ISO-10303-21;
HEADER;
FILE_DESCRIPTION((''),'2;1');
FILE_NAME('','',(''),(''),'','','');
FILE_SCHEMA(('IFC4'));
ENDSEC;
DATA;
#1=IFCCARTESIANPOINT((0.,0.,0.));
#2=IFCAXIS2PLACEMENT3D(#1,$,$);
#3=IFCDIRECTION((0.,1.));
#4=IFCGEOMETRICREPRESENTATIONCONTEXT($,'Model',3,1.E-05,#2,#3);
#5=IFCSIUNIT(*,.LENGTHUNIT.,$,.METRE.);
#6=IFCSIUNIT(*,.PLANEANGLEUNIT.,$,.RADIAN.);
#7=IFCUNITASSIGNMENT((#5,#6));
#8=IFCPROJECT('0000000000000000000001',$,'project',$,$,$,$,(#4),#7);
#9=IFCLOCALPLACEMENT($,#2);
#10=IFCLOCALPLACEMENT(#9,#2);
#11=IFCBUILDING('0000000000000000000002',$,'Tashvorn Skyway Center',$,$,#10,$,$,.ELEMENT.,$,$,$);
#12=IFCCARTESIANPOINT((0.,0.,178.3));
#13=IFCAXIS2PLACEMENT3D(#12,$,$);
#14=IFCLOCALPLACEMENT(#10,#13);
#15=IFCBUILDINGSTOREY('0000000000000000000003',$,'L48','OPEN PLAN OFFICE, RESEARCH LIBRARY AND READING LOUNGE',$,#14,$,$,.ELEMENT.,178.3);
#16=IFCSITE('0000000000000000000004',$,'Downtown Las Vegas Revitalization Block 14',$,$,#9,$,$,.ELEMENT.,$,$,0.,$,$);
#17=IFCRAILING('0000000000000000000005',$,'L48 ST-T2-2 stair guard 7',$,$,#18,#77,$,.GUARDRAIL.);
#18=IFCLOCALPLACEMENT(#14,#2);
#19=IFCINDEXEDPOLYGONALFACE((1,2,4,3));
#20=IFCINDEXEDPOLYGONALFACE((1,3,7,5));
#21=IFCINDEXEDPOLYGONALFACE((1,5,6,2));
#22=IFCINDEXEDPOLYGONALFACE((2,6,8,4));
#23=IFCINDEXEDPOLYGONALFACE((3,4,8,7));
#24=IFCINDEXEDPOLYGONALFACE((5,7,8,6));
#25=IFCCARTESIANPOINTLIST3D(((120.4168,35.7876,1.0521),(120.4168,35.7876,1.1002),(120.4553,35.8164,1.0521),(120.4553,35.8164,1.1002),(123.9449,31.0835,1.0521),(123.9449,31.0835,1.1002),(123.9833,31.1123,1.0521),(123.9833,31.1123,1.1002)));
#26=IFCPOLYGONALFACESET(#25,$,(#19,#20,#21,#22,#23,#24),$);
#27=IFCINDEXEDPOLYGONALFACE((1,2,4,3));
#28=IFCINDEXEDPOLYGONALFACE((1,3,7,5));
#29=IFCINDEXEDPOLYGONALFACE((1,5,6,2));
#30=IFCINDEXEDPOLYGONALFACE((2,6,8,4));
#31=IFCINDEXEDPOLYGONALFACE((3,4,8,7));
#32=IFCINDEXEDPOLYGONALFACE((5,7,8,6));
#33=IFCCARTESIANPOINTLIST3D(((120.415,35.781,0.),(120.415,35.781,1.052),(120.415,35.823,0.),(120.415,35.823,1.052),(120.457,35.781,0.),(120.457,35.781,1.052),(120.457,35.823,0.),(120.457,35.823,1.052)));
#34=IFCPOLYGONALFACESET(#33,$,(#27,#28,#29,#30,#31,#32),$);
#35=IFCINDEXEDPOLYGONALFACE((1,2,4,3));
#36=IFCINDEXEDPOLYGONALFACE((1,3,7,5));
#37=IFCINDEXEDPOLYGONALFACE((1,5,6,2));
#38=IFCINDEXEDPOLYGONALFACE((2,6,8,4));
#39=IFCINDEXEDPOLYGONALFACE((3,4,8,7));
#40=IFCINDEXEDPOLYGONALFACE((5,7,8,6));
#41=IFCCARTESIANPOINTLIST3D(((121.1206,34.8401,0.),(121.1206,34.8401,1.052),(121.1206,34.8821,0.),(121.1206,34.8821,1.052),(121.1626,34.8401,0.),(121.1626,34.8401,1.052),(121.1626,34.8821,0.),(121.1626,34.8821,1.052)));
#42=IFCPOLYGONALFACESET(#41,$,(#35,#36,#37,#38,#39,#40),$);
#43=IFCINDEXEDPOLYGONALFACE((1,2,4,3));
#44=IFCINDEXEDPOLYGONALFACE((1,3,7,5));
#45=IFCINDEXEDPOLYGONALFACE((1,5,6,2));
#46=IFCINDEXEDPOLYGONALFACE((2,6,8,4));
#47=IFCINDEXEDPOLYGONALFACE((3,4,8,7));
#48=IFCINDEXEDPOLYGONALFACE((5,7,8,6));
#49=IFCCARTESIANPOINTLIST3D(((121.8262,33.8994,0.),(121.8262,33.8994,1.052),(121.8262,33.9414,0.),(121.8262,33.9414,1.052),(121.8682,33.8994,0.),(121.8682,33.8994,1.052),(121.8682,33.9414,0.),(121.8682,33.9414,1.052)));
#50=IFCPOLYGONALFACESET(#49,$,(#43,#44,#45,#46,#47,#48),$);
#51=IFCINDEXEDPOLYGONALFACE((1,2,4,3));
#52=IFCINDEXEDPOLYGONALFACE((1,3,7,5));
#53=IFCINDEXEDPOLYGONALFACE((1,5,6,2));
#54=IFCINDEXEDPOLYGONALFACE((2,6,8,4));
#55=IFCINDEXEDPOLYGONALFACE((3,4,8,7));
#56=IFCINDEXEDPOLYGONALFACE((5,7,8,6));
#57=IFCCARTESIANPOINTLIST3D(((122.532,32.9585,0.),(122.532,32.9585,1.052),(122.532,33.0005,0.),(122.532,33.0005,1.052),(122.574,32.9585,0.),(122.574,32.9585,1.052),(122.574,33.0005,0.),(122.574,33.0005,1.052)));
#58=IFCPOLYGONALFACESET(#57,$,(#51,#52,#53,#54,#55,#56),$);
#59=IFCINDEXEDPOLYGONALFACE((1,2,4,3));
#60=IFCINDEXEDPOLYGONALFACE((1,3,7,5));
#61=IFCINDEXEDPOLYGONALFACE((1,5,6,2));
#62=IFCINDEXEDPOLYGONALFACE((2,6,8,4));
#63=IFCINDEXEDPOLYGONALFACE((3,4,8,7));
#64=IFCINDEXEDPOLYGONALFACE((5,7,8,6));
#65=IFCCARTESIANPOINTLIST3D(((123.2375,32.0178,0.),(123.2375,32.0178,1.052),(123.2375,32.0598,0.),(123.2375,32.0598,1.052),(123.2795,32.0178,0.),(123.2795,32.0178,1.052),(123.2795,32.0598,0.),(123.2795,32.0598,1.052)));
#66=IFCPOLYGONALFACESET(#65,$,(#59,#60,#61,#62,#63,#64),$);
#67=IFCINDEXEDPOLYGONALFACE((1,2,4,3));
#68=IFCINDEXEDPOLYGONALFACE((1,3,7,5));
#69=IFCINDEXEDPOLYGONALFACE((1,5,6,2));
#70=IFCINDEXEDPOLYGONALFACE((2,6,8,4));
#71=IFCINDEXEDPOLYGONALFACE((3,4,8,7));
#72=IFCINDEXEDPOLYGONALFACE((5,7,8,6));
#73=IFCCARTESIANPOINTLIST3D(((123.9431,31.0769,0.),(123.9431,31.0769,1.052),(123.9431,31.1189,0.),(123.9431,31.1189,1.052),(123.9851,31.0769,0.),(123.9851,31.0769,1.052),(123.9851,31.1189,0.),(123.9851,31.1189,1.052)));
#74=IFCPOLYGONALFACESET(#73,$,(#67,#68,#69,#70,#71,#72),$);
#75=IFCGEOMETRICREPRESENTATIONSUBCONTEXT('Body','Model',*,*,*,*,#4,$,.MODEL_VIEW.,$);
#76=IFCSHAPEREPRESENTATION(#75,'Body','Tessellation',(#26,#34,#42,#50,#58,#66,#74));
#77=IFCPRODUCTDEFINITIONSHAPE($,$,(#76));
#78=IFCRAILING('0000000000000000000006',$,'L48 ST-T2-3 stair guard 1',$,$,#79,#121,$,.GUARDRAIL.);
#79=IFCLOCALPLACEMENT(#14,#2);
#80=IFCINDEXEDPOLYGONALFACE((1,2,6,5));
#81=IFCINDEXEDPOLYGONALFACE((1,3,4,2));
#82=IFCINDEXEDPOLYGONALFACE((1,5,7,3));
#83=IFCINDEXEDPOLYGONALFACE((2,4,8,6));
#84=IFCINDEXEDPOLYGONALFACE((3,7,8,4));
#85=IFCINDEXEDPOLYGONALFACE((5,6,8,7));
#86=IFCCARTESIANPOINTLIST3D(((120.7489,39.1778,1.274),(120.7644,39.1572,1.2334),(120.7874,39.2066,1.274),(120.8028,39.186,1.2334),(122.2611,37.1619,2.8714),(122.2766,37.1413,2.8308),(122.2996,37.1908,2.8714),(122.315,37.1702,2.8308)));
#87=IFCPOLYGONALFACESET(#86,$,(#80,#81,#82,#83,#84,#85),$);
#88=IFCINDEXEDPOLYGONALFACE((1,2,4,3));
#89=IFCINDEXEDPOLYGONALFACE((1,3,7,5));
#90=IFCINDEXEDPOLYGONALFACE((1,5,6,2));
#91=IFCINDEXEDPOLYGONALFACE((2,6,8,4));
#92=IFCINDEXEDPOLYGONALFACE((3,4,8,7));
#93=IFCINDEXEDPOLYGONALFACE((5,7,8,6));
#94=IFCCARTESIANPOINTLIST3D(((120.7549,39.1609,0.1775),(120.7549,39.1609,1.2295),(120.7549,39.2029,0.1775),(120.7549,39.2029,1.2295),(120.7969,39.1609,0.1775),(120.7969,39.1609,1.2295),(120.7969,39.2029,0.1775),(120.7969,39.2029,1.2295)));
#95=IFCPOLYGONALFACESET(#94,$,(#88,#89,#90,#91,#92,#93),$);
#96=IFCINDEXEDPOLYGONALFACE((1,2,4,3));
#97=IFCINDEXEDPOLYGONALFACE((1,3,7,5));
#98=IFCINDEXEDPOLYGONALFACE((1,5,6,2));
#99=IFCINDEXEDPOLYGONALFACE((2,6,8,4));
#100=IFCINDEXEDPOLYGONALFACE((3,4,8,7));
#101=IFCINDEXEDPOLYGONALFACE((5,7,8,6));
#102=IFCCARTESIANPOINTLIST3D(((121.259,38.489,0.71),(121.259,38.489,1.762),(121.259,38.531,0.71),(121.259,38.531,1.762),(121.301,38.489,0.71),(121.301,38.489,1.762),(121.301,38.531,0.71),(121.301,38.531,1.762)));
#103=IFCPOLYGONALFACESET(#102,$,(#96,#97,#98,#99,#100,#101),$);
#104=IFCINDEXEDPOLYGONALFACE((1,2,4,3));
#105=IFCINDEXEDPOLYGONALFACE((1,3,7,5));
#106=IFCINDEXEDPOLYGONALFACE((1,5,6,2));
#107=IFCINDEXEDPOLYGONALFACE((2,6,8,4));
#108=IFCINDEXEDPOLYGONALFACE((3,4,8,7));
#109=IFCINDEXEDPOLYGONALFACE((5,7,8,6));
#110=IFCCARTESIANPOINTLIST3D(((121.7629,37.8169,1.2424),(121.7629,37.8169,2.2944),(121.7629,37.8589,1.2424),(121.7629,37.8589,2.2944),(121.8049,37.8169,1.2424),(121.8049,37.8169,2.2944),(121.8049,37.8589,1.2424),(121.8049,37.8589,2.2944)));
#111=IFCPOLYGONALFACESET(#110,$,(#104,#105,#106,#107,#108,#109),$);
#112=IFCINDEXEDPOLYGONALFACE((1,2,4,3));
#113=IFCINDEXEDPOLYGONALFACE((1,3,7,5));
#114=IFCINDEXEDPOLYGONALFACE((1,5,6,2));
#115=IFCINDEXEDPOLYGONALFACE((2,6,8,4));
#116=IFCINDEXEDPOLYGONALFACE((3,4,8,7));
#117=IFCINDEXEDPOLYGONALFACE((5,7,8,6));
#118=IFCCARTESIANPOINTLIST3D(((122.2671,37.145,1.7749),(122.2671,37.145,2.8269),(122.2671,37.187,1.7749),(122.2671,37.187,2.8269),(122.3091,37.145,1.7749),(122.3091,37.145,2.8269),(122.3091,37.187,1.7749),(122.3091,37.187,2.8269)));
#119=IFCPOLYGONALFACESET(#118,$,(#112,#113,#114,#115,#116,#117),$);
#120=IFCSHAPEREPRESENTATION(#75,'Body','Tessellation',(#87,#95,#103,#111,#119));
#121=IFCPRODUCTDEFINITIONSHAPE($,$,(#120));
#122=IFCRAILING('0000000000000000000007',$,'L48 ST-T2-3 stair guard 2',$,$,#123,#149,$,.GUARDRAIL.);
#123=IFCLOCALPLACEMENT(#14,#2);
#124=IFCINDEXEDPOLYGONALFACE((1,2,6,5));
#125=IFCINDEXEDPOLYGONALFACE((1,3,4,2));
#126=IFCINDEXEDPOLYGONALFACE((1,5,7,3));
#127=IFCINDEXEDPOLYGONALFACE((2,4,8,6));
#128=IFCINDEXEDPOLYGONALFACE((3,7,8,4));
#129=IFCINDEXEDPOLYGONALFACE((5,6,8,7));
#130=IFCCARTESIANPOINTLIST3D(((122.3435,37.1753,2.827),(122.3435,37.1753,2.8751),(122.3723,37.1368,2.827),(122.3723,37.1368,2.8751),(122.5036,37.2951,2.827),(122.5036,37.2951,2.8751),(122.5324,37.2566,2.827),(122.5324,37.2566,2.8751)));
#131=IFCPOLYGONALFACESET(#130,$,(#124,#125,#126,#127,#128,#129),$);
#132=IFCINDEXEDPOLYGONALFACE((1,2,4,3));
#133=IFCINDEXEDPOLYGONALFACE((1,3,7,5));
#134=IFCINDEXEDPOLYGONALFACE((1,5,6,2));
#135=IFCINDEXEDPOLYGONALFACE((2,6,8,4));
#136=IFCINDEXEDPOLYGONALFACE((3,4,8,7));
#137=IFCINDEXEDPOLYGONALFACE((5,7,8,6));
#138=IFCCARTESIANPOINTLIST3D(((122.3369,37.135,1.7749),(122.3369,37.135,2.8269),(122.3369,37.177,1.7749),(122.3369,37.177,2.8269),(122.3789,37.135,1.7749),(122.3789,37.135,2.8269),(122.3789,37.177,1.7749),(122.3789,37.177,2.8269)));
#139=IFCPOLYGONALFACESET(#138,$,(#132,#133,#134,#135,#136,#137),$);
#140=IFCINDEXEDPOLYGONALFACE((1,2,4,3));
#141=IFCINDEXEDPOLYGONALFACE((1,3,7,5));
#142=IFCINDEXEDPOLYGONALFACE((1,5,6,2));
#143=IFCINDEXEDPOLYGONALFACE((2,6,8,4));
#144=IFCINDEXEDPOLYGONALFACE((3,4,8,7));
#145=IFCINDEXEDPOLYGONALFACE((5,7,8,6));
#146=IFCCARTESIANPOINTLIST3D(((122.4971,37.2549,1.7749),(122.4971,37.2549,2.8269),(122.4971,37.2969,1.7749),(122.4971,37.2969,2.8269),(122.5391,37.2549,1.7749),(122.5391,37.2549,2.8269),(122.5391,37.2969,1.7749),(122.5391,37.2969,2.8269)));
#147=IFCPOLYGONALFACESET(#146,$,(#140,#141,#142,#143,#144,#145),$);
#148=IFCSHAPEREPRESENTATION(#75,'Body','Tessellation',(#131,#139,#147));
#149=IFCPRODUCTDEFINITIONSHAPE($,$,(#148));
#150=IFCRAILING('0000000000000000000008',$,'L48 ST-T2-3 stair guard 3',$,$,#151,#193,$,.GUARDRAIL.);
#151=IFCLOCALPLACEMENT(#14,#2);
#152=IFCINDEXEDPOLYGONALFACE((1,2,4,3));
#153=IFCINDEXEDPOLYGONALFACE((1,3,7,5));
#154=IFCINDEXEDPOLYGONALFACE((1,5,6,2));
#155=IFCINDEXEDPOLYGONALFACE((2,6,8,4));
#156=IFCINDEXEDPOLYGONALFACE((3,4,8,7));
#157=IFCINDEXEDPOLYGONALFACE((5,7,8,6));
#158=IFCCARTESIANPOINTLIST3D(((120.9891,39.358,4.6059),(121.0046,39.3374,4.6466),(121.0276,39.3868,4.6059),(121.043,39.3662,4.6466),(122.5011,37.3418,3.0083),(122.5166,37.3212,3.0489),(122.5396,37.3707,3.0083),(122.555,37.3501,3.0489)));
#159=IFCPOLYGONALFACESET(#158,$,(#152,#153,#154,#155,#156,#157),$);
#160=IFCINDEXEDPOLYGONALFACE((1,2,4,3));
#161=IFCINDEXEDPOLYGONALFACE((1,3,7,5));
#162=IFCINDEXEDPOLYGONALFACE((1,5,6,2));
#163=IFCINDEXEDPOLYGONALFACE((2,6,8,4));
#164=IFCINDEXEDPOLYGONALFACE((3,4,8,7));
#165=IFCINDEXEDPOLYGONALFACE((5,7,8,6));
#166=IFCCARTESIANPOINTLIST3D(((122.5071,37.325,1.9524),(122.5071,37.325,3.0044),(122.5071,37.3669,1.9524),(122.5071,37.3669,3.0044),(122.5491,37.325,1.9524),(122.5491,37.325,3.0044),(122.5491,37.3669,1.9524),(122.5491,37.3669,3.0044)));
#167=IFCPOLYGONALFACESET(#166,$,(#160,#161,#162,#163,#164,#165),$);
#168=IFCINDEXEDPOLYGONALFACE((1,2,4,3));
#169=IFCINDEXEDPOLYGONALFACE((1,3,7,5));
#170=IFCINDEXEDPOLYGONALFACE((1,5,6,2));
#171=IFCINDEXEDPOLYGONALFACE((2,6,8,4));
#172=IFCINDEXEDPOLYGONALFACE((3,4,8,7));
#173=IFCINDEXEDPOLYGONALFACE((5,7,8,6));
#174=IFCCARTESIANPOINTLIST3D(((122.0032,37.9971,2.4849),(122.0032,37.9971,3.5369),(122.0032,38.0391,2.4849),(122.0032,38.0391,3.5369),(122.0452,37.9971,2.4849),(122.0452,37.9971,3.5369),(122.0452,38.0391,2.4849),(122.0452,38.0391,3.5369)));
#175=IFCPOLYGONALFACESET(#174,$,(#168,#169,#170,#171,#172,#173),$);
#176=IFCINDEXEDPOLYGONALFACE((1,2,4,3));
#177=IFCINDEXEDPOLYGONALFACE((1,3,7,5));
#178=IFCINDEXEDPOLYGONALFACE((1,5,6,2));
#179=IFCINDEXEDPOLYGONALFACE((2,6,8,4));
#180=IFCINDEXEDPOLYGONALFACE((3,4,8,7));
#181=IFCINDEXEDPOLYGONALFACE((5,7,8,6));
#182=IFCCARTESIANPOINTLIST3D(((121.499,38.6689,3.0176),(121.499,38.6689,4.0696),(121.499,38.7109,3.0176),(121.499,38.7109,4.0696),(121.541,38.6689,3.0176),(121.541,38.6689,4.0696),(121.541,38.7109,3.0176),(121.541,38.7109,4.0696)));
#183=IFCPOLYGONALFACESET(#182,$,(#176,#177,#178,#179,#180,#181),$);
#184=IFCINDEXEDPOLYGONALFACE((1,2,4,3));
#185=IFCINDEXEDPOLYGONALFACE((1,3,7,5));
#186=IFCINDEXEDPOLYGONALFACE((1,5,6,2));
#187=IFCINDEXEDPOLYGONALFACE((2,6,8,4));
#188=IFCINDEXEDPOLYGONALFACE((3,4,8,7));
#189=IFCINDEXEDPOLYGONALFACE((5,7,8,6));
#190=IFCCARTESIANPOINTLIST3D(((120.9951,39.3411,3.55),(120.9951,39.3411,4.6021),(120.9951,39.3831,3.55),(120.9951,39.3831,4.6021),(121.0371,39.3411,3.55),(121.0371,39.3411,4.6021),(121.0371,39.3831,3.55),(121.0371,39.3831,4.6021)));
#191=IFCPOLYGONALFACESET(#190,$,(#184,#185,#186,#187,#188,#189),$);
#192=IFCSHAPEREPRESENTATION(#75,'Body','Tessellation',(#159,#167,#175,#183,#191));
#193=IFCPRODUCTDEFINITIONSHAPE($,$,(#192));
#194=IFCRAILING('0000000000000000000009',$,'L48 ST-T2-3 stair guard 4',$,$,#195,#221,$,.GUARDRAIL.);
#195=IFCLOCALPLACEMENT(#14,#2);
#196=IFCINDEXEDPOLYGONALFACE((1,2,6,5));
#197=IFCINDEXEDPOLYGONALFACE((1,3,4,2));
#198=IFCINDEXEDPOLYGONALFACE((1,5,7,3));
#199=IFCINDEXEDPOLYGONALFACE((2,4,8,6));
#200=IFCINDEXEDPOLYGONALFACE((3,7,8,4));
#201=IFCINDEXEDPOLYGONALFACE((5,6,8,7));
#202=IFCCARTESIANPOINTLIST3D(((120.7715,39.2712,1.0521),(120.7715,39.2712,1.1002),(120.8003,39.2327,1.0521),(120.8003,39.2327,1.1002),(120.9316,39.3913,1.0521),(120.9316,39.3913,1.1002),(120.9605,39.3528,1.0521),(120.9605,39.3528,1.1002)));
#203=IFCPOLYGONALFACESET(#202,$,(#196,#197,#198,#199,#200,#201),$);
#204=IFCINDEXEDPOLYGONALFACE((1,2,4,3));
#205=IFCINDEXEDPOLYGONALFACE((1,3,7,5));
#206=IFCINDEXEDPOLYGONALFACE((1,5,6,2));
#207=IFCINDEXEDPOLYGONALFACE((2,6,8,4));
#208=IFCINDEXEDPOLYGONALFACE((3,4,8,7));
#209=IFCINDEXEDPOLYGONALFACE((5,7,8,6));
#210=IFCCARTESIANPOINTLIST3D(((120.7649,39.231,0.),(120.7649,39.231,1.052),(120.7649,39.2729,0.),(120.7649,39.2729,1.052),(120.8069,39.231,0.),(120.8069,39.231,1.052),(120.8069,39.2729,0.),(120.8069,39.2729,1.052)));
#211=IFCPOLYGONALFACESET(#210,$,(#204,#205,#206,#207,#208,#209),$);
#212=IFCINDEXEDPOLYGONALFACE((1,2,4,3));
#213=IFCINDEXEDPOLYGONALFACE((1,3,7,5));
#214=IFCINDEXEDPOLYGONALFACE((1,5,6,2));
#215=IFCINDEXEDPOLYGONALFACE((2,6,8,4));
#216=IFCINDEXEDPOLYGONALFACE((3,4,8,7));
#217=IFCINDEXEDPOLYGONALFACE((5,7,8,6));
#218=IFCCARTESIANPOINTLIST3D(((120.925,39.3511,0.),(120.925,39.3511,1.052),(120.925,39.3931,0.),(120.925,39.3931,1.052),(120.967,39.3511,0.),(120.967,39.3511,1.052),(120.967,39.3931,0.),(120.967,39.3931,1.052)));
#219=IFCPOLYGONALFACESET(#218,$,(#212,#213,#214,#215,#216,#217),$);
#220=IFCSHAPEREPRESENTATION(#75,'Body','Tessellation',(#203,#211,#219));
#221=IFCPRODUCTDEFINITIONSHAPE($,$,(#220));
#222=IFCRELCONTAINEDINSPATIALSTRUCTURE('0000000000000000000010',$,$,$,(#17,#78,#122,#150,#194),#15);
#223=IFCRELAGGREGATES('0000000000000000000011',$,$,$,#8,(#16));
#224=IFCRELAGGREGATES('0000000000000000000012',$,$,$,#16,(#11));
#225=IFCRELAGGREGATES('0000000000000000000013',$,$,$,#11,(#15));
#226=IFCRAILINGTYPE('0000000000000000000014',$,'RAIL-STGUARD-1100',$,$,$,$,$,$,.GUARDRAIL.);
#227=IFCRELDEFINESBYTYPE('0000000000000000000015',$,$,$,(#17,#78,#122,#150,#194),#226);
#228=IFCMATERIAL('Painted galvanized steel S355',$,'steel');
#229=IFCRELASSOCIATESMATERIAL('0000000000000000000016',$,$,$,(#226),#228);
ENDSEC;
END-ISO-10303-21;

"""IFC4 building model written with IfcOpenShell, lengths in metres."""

from ifc_helpers import new_model, si_unit, direction, frame, origin, origin_2d, place, context, subcontext, project, spatial, rectangle, extrude, material, type_object, element, save


model = new_model("IFC4")

# Units and contexts
model_context = context("Model", 3, precision=1e-05, world=origin(), true_north=direction((0.0, 1.0)))
body_context = subcontext(model_context, "Body", "Model", "MODEL_VIEW")
ifc_project = project(units=[si_unit("LENGTHUNIT", "METRE"), si_unit("PLANEANGLEUNIT", "RADIAN")], contexts=[model_context])

# Site, building, storey
site_placement = place(None, origin())
site = spatial("IfcSite", under=ifc_project, at=site_placement, Name="Downtown Las Vegas Revitalization Block 14", CompositionType="ELEMENT", RefElevation=0.0)
building_placement = place(site_placement, origin())
building = spatial("IfcBuilding", under=site, at=building_placement, Name="Tashvorn Skyway Center", CompositionType="ELEMENT")
storey_placement = place(building_placement, frame((0.0, 0.0, 178.3)))
storey = spatial("IfcBuildingStorey", under=building, at=storey_placement, Name="L48", Description="OPEN PLAN OFFICE, RESEARCH LIBRARY AND READING LOUNGE", CompositionType="ELEMENT", Elevation=178.3)

# Railings
ifc_material_1 = material(Name="Painted galvanized steel S355", Category="steel")
railing_type_1 = type_object("IfcRailingType", Name="RAIL-STGUARD-1100", PredefinedType="GUARDRAIL", material=ifc_material_1)
railing_1_placement = place(storey_placement, frame((120.436, 35.802, 0.0)))
element("IfcRailing", 1, at=railing_1_placement, inside=storey, type_object=railing_type_1, Name="L48 ST-T2-2 stair guard 7", PredefinedType="GUARDRAIL", context=body_context, shape_type="SweptSolid", body=[
    extrude(rectangle(XDim=0.0481, YDim=0.0481, at=origin_2d()), frame((0.0, 0.0, 1.0762), z_axis=(0.6, -0.8, 0.0), x_axis=(0.8, 0.6, 0.0)), (0.0, 0.0, 1.0), 5.8801),
    extrude(rectangle(XDim=0.042, YDim=0.042, at=origin_2d()), origin(), (0.0, 0.0, 1.0), 1.052),
    extrude(rectangle(XDim=0.042, YDim=0.042, at=origin_2d()), frame((0.7056, -0.9409, 0.0)), (0.0, 0.0, 1.0), 1.052),
    extrude(rectangle(XDim=0.042, YDim=0.042, at=origin_2d()), frame((1.4111, -1.8816, 0.0)), (0.0, 0.0, 1.0), 1.052),
    extrude(rectangle(XDim=0.042, YDim=0.042, at=origin_2d()), frame((2.1169, -2.8225, 0.0)), (0.0, 0.0, 1.0), 1.052),
    extrude(rectangle(XDim=0.042, YDim=0.042, at=origin_2d()), frame((2.8225, -3.7632, 0.0)), (0.0, 0.0, 1.0), 1.052),
    extrude(rectangle(XDim=0.042, YDim=0.042, at=origin_2d()), frame((3.5281, -4.7041, 0.0)), (0.0, 0.0, 1.0), 1.052),
])
railing_2_placement = place(storey_placement, frame((120.7759, 39.1819, 0.1775)))
element("IfcRailing", 2, at=railing_2_placement, inside=storey, type_object=railing_type_1, Name="L48 ST-T2-3 stair guard 1", PredefinedType="GUARDRAIL", context=body_context, shape_type="SweptSolid", body=[
    extrude(rectangle(XDim=0.0481, YDim=0.0481, at=origin_2d()), frame((0.0, 0.0, 1.0762), z_axis=(0.50683, -0.675636, 0.535387), x_axis=(0.799942, 0.600078, 0.0)), (0.0, 0.0, 1.0), 2.9836),
    extrude(rectangle(XDim=0.042, YDim=0.042, at=origin_2d()), origin(), (0.0, 0.0, 1.0), 1.052),
    extrude(rectangle(XDim=0.042, YDim=0.042, at=origin_2d()), frame((0.5042, -0.6719, 0.5325)), (0.0, 0.0, 1.0), 1.052),
    extrude(rectangle(XDim=0.042, YDim=0.042, at=origin_2d()), frame((1.0081, -1.344, 1.0649)), (0.0, 0.0, 1.0), 1.052),
    extrude(rectangle(XDim=0.042, YDim=0.042, at=origin_2d()), frame((1.5122, -2.0159, 1.5974)), (0.0, 0.0, 1.0), 1.052),
])
railing_3_placement = place(storey_placement, frame((122.3579, 37.156, 1.7749)))
element("IfcRailing", 3, at=railing_3_placement, inside=storey, type_object=railing_type_1, Name="L48 ST-T2-3 stair guard 2", PredefinedType="GUARDRAIL", context=body_context, shape_type="SweptSolid", body=[
    extrude(rectangle(XDim=0.0481, YDim=0.0481, at=origin_2d()), frame((0.0, 0.0, 1.0762), z_axis=(0.800585, 0.599219, 0.0), x_axis=(-0.599219, 0.800585, 0.0)), (0.0, 0.0, 1.0), 0.2),
    extrude(rectangle(XDim=0.042, YDim=0.042, at=origin_2d()), origin(), (0.0, 0.0, 1.0), 1.052),
    extrude(rectangle(XDim=0.042, YDim=0.042, at=origin_2d()), frame((0.1602, 0.1199, 0.0)), (0.0, 0.0, 1.0), 1.052),
])
railing_4_placement = place(storey_placement, frame((122.5281, 37.3459, 1.9524)))
element("IfcRailing", 4, at=railing_4_placement, inside=storey, type_object=railing_type_1, Name="L48 ST-T2-3 stair guard 3", PredefinedType="GUARDRAIL", context=body_context, shape_type="SweptSolid", body=[
    extrude(rectangle(XDim=0.0481, YDim=0.0481, at=origin_2d()), frame((0.0, 0.0, 1.0762), z_axis=(-0.506719, 0.675679, 0.535438), x_axis=(-0.800023, -0.599969, 0.0)), (0.0, 0.0, 1.0), 2.9839),
    extrude(rectangle(XDim=0.042, YDim=0.042, at=origin_2d()), origin(), (0.0, 0.0, 1.0), 1.052),
    extrude(rectangle(XDim=0.042, YDim=0.042, at=origin_2d()), frame((-0.5039, 0.6721, 0.5325)), (0.0, 0.0, 1.0), 1.052),
    extrude(rectangle(XDim=0.042, YDim=0.042, at=origin_2d()), frame((-1.0081, 1.344, 1.0652)), (0.0, 0.0, 1.0), 1.052),
    extrude(rectangle(XDim=0.042, YDim=0.042, at=origin_2d()), frame((-1.512, 2.0161, 1.5977)), (0.0, 0.0, 1.0), 1.052),
])
railing_5_placement = place(storey_placement, frame((120.7859, 39.252, 0.0)))
element("IfcRailing", 5, at=railing_5_placement, inside=storey, type_object=railing_type_1, Name="L48 ST-T2-3 stair guard 4", PredefinedType="GUARDRAIL", context=body_context, shape_type="SweptSolid", body=[
    extrude(rectangle(XDim=0.0481, YDim=0.0481, at=origin_2d()), frame((0.0, 0.0, 1.0762), z_axis=(0.8, 0.6, 0.0), x_axis=(-0.6, 0.8, 0.0)), (0.0, 0.0, 1.0), 0.2002),
    extrude(rectangle(XDim=0.042, YDim=0.042, at=origin_2d()), origin(), (0.0, 0.0, 1.0), 1.052),
    extrude(rectangle(XDim=0.042, YDim=0.042, at=origin_2d()), frame((0.1602, 0.1201, 0.0)), (0.0, 0.0, 1.0), 1.052),
])

save(model, "model.ifc")
